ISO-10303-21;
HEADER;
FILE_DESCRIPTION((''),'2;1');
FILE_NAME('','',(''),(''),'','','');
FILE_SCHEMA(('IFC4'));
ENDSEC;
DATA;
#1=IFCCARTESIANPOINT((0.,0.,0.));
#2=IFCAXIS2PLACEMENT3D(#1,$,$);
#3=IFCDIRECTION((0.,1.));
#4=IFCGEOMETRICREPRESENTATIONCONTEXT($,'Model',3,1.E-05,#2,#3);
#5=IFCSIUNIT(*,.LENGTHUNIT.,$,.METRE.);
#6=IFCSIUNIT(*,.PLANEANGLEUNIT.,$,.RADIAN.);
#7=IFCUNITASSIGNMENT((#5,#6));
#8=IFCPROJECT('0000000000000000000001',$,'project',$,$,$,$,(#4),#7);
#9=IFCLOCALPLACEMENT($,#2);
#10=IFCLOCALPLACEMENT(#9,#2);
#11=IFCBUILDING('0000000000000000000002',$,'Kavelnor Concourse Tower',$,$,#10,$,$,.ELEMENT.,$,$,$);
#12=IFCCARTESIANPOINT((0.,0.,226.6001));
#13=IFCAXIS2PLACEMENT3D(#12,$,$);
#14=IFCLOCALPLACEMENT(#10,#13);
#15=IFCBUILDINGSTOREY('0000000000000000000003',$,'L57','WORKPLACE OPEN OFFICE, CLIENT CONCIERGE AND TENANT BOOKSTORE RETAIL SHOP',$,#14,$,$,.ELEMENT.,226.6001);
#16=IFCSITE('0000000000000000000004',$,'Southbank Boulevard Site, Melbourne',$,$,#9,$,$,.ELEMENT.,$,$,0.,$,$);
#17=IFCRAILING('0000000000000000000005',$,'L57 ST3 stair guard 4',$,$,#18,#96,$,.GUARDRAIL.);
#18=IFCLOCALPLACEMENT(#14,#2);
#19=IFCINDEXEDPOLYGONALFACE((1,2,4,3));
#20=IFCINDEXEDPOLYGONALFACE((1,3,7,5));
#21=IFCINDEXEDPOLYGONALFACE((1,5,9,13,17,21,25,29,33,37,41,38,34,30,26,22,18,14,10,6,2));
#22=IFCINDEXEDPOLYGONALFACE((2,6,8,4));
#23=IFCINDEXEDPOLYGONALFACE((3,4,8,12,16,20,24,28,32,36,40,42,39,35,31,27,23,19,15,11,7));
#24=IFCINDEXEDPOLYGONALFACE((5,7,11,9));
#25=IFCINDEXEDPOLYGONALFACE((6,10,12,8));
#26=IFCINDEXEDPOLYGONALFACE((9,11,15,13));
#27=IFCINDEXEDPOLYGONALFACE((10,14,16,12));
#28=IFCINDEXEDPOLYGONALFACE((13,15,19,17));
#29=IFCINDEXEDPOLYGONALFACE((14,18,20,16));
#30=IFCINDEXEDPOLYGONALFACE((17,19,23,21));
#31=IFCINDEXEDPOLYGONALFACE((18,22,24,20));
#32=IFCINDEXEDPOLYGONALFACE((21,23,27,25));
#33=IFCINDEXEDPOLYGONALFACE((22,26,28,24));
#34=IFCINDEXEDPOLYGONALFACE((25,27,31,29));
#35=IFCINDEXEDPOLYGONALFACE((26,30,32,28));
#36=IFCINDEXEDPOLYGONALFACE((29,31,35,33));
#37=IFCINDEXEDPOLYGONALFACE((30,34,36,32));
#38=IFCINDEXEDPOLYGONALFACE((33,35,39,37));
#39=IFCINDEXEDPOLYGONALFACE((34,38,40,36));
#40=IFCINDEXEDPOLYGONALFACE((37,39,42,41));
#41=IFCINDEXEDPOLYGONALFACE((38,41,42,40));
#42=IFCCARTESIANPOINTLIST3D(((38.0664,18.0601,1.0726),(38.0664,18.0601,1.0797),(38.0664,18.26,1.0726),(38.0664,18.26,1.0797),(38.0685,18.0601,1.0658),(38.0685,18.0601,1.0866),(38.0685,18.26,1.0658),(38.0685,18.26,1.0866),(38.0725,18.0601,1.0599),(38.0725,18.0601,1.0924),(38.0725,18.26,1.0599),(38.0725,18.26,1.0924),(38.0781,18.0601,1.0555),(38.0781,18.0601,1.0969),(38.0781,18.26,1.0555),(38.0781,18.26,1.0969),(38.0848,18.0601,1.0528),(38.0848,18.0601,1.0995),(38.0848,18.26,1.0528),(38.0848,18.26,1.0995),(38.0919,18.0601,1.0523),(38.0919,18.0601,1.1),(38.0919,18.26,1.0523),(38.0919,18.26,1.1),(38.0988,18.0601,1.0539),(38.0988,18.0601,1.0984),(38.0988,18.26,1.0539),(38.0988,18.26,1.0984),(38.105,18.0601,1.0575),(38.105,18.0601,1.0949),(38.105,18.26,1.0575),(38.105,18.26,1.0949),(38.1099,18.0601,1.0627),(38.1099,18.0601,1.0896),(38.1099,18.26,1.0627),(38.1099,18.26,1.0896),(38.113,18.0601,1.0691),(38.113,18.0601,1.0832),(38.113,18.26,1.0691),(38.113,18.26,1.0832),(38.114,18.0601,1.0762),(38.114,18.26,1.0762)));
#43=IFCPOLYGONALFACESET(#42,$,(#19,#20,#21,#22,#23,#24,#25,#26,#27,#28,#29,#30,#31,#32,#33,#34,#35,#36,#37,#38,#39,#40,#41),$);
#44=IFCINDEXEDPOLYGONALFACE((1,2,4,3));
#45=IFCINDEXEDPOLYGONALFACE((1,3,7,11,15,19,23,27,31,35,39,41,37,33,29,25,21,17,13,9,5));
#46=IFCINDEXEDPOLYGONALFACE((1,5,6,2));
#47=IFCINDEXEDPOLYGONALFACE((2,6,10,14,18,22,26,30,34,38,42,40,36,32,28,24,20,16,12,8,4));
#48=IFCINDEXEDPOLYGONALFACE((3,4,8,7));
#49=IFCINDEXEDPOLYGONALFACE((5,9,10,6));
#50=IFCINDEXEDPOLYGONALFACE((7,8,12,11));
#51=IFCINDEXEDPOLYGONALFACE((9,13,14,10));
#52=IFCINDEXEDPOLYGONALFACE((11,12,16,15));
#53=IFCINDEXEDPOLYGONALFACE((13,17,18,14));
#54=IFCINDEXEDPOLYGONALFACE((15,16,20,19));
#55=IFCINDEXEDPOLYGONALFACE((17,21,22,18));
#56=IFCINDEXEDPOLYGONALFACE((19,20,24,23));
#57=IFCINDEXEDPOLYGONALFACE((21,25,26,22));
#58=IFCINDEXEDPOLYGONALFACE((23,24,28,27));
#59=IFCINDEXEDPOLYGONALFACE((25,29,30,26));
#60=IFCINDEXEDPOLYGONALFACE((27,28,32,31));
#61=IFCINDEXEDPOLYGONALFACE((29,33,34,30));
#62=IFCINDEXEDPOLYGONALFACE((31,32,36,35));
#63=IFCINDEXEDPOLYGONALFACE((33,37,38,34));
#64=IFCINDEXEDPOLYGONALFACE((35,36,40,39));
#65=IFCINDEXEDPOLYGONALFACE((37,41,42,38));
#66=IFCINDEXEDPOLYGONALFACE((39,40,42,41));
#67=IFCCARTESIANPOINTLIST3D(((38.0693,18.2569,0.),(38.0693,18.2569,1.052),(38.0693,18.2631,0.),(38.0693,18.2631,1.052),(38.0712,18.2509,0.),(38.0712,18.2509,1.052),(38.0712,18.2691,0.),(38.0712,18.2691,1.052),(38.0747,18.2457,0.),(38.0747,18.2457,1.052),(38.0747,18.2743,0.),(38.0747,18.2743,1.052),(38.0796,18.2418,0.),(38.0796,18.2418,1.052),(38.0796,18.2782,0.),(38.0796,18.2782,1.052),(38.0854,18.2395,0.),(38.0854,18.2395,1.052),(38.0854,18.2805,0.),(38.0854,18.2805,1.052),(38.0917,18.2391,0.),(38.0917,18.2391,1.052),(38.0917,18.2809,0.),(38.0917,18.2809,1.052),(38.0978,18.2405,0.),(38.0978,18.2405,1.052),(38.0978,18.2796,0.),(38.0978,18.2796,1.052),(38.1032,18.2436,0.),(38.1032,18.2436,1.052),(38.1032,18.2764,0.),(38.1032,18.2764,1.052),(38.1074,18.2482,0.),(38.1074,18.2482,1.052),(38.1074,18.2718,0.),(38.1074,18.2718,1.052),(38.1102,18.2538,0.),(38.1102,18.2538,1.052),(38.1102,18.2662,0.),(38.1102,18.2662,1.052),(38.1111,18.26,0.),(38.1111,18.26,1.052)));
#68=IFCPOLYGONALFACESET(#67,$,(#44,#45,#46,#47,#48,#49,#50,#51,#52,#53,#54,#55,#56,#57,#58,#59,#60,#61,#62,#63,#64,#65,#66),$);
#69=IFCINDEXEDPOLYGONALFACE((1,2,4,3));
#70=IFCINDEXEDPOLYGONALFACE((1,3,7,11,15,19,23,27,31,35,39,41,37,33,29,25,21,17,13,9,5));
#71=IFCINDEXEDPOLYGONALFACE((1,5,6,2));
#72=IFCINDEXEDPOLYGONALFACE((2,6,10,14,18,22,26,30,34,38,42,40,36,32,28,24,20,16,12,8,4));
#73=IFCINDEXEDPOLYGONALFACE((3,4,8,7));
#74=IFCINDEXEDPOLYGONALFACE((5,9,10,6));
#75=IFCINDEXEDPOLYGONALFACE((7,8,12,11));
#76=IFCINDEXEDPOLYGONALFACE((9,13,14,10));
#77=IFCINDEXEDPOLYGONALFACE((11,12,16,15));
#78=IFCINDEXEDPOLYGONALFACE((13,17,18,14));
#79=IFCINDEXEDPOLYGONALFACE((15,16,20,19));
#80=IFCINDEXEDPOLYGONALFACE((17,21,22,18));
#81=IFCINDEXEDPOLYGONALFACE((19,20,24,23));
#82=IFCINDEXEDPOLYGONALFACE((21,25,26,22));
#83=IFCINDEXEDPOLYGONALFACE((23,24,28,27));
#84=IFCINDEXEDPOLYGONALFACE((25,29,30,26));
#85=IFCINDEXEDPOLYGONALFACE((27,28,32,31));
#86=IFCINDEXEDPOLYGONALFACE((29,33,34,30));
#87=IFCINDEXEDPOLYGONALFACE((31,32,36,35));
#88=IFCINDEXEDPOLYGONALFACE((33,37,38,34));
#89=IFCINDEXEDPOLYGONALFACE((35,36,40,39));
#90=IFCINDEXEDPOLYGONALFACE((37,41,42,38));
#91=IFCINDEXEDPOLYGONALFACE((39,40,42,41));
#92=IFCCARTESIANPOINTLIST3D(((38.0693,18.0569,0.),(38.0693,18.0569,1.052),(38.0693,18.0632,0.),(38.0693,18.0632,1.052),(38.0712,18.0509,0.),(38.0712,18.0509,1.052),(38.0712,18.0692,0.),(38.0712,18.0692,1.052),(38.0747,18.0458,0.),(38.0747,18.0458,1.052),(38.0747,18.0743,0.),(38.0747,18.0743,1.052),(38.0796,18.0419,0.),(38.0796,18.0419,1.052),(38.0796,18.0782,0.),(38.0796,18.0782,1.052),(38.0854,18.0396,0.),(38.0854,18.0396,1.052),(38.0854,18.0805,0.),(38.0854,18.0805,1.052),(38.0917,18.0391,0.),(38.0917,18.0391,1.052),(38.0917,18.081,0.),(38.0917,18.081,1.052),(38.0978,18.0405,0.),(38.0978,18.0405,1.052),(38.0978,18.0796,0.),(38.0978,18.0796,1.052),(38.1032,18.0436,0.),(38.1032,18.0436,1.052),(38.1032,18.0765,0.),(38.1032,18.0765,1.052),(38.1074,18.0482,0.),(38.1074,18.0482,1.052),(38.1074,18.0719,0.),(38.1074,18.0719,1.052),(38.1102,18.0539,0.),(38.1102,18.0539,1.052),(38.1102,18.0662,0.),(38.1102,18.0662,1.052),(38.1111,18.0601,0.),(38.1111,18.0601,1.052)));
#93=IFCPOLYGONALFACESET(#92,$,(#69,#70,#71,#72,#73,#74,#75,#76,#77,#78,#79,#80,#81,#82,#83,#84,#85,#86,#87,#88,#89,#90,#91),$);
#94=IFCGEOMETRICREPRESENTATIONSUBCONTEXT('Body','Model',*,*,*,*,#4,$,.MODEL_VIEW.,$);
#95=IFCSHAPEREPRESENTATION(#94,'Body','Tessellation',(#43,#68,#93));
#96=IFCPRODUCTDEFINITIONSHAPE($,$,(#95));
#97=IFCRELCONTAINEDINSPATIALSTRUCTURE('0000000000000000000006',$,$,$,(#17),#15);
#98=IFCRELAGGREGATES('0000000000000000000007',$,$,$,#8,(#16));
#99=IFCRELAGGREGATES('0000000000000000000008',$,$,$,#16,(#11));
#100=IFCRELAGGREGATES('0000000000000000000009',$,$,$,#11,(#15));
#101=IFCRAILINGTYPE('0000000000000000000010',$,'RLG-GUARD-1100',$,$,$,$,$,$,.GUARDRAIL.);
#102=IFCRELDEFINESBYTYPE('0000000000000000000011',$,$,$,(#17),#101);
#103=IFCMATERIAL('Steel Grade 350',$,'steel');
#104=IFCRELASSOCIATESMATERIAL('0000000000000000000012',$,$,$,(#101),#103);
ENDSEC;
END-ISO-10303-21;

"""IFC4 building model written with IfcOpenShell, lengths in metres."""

from ifc_helpers import new_model, si_unit, direction, frame, origin, origin_2d, place, context, subcontext, project, spatial, circle, extrude, material, type_object, element, save


model = new_model("IFC4")

# Units and contexts
model_context = context("Model", 3, precision=1e-05, world=origin(), true_north=direction((0.0, 1.0)))
body_context = subcontext(model_context, "Body", "Model", "MODEL_VIEW")
ifc_project = project(units=[si_unit("LENGTHUNIT", "METRE"), si_unit("PLANEANGLEUNIT", "RADIAN")], contexts=[model_context])

# Site, building, storey
site_placement = place(None, origin())
site = spatial("IfcSite", under=ifc_project, at=site_placement, Name="Southbank Boulevard Site, Melbourne", CompositionType="ELEMENT", RefElevation=0.0)
building_placement = place(site_placement, origin())
building = spatial("IfcBuilding", under=site, at=building_placement, Name="Kavelnor Concourse Tower", CompositionType="ELEMENT")
storey_placement = place(building_placement, frame((0.0, 0.0, 226.6001)))
storey = spatial("IfcBuildingStorey", under=building, at=storey_placement, Name="L57", Description="WORKPLACE OPEN OFFICE, CLIENT CONCIERGE AND TENANT BOOKSTORE RETAIL SHOP", CompositionType="ELEMENT", Elevation=226.6001)

# Shared definitions
ifc_material_1 = material(Name="Steel Grade 350", Category="steel")

# Railing
railing_type_1 = type_object("IfcRailingType", Name="RLG-GUARD-1100", PredefinedType="GUARDRAIL", material=ifc_material_1)
railing_1_placement = place(storey_placement, frame((38.0901, 18.26, 0.0)))
element("IfcRailing", 1, at=railing_1_placement, inside=storey, type_object=railing_type_1, Name="L57 ST3 stair guard 4", PredefinedType="GUARDRAIL", context=body_context, shape_type="SweptSolid", body=[
    extrude(circle(Radius=0.0239, at=origin_2d()), frame((0.0, 0.0, 1.0762), z_axis=(0.0, -1.0, 0.0), x_axis=(1.0, 0.0, 0.0)), (0.0, 0.0, 1.0), 0.2),
    extrude(circle(Radius=0.021, at=origin_2d()), origin(), (0.0, 0.0, 1.0), 1.052),
    extrude(circle(Radius=0.021, at=origin_2d()), frame((0.0, -0.2, 0.0)), (0.0, 0.0, 1.0), 1.052),
])

save(model, "model.ifc")
